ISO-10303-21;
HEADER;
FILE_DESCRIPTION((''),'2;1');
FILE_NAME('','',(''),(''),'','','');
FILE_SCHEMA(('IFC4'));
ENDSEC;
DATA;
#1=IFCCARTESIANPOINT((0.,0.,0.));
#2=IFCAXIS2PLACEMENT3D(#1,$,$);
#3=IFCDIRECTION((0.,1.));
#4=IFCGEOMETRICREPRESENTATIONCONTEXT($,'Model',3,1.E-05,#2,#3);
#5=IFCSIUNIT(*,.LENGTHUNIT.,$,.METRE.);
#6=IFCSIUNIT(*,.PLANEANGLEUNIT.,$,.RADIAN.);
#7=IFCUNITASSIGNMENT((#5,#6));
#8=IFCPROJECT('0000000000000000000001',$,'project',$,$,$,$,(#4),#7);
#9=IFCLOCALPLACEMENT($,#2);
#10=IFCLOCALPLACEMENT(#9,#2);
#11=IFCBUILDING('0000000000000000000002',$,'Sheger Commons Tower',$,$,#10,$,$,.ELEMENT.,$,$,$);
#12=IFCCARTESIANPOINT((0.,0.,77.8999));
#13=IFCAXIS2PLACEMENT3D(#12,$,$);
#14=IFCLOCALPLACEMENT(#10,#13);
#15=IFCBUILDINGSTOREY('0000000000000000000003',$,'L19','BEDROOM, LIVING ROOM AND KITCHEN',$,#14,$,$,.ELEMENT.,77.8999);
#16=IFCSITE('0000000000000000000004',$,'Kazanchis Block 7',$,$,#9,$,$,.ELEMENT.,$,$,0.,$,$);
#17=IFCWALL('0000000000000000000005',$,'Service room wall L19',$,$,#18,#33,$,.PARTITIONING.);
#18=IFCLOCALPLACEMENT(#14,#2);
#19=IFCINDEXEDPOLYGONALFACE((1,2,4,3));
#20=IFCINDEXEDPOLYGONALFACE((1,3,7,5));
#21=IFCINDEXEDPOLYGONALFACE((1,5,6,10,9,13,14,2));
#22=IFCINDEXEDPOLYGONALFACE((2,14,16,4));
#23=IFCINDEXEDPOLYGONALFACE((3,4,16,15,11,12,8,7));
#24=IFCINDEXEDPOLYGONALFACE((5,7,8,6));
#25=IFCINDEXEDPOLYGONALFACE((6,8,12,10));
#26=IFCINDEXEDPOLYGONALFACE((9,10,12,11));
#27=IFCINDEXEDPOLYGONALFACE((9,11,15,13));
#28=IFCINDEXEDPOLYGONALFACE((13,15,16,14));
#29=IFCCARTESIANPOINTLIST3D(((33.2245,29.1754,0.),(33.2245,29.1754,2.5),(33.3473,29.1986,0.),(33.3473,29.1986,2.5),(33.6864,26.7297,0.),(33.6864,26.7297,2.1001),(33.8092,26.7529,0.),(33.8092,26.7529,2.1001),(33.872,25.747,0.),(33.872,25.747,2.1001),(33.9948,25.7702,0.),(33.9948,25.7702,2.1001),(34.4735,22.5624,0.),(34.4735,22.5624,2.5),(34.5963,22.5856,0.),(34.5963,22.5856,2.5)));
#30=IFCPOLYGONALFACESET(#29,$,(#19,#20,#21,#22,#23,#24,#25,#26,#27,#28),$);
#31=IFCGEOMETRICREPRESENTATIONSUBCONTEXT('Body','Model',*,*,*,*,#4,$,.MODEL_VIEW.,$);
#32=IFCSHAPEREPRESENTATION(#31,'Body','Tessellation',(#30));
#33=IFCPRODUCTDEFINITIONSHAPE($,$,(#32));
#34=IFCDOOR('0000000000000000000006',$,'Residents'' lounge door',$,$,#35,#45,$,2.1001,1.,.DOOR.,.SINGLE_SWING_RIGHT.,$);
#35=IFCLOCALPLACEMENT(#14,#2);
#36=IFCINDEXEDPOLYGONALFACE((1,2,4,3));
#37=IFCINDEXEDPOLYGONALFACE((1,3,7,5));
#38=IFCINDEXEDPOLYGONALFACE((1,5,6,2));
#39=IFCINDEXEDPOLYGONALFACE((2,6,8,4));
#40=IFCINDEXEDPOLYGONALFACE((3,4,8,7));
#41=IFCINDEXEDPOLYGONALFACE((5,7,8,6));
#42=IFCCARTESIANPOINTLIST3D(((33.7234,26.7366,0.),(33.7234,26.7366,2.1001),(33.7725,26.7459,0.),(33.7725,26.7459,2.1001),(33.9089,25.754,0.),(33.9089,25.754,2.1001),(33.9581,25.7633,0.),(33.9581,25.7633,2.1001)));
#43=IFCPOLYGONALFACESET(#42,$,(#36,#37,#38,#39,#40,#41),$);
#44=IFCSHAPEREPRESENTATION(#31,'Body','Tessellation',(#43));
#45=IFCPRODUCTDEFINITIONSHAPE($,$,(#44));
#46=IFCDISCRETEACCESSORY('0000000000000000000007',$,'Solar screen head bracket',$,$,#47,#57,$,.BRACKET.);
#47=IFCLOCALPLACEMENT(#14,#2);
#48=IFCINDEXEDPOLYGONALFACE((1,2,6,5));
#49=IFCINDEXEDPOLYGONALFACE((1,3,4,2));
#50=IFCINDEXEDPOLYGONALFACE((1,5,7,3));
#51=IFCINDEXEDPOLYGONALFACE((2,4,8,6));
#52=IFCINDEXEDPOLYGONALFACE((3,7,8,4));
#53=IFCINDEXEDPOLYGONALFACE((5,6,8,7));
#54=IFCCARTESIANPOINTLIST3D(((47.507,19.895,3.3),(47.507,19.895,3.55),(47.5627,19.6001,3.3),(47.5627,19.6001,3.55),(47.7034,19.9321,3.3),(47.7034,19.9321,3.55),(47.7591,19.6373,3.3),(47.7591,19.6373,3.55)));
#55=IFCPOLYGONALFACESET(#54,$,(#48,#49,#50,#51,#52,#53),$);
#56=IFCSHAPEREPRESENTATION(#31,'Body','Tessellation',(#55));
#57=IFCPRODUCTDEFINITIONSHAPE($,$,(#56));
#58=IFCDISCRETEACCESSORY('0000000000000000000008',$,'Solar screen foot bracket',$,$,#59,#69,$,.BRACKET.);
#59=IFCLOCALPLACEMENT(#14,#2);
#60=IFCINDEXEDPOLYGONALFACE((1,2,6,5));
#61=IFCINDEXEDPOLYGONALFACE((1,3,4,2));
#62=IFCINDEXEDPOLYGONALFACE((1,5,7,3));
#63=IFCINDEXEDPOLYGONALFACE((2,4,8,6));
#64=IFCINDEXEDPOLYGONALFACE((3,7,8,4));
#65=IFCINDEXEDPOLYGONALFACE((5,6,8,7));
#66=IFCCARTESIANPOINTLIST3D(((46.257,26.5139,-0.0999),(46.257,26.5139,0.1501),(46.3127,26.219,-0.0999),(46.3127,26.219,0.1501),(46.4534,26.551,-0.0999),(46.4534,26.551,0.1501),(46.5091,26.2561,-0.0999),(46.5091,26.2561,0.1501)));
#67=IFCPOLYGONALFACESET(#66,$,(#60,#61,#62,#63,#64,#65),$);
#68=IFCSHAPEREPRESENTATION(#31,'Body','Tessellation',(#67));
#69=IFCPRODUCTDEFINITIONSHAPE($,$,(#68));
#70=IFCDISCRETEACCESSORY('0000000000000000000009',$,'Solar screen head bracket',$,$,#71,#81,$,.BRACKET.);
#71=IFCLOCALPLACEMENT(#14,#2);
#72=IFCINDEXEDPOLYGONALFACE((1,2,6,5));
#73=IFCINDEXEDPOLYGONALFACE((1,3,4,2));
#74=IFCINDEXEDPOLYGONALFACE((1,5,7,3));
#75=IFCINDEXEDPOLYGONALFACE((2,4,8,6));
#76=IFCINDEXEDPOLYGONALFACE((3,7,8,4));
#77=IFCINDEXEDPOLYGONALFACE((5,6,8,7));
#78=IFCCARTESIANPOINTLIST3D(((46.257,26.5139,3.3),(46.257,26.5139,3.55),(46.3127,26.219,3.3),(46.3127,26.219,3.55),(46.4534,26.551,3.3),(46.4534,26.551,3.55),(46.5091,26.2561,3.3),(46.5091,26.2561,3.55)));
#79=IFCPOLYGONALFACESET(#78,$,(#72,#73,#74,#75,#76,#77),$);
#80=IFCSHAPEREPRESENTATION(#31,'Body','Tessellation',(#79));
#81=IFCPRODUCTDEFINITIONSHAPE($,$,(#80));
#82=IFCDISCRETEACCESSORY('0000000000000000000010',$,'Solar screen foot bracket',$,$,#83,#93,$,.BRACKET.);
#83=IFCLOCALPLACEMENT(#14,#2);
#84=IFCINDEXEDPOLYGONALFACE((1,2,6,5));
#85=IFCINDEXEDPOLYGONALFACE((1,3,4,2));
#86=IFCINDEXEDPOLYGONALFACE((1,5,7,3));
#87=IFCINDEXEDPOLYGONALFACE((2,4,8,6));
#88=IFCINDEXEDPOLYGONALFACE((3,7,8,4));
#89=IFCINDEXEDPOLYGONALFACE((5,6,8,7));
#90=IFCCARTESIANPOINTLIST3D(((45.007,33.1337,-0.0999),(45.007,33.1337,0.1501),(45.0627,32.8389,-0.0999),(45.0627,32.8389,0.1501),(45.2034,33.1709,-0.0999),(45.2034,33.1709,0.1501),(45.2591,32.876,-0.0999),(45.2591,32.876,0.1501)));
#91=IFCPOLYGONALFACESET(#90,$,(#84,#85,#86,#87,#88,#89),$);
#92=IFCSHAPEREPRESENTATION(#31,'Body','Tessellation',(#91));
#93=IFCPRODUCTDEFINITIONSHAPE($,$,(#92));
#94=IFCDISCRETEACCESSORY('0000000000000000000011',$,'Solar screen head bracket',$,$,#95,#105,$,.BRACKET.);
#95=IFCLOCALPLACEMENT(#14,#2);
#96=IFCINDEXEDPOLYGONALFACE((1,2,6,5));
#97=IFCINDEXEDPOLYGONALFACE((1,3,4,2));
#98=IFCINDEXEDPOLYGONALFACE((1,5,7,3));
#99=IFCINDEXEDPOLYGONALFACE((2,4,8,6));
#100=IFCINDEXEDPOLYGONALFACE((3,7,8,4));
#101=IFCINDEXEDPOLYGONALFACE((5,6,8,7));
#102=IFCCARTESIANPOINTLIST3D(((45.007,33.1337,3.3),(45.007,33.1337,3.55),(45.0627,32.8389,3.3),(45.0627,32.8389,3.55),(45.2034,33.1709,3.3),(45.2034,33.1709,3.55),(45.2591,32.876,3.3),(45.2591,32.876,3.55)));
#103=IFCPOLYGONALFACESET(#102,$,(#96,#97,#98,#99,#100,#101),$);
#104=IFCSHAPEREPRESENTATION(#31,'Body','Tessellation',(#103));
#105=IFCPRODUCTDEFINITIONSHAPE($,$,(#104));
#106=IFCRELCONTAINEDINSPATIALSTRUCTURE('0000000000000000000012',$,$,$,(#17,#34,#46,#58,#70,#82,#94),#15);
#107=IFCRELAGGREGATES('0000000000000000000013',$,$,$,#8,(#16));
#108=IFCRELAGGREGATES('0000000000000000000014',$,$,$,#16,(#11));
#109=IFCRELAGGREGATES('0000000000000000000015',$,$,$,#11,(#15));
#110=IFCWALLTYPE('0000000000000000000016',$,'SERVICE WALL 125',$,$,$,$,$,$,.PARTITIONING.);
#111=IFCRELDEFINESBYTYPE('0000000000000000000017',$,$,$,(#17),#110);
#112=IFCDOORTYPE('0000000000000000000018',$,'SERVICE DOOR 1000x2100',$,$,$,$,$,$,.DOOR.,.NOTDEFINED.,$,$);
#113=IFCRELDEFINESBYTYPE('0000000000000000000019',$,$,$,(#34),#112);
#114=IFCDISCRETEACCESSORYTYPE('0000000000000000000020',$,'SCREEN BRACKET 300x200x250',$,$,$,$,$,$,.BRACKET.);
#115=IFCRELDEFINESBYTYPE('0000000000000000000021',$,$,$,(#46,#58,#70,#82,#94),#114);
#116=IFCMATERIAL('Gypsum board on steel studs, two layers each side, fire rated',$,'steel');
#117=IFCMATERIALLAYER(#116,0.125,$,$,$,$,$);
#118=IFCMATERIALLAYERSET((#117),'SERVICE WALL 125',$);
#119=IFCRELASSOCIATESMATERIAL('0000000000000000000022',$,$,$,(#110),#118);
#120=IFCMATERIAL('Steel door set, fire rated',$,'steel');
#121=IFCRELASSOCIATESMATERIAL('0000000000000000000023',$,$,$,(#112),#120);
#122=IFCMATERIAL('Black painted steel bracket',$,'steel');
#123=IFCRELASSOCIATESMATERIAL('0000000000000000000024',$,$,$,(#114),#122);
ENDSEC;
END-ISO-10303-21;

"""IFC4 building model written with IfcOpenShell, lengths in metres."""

from ifc_helpers import new_model, si_unit, direction, frame, frame_2d, origin, origin_2d, place, context, subcontext, project, spatial, rectangle, extrude, material, layer, layer_set, type_object, element, fill, save


model = new_model("IFC4")

# Units and contexts
model_context = context("Model", 3, precision=1e-05, world=origin(), true_north=direction((0.0, 1.0)))
body_context = subcontext(model_context, "Body", "Model", "MODEL_VIEW")
ifc_project = project(units=[si_unit("LENGTHUNIT", "METRE"), si_unit("PLANEANGLEUNIT", "RADIAN")], contexts=[model_context])

# Site, building, storey
site_placement = place(None, origin())
site = spatial("IfcSite", under=ifc_project, at=site_placement, Name="Kazanchis Block 7", CompositionType="ELEMENT", RefElevation=0.0)
building_placement = place(site_placement, origin())
building = spatial("IfcBuilding", under=site, at=building_placement, Name="Sheger Commons Tower", CompositionType="ELEMENT")
storey_placement = place(building_placement, frame((0.0, 0.0, 77.8999)))
storey = spatial("IfcBuildingStorey", under=building, at=storey_placement, Name="L19", Description="BEDROOM, LIVING ROOM AND KITCHEN", CompositionType="ELEMENT", Elevation=77.8999)

# Wall, opening, door
ifc_material_1 = material(Name="Gypsum board on steel studs, two layers each side, fire rated", Category="steel")
ifc_layer_1 = layer(ifc_material_1, 0.125)
ifc_layer_set_1 = layer_set([ifc_layer_1], Name="SERVICE WALL 125")
wall_type_1 = type_object("IfcWallType", Name="SERVICE WALL 125", PredefinedType="PARTITIONING", material=ifc_layer_set_1)
wall_1_placement = place(storey_placement, frame((34.5349, 22.574, 0.0), z_axis=(0.0, 0.0, 1.0), x_axis=(-0.185592, 0.982627, 0.0)))
wall_1 = element("IfcWall", 1, at=wall_1_placement, inside=storey, type_object=wall_type_1, Name="Service room wall L19", PredefinedType="PARTITIONING", context=body_context, shape_type="SweptSolid", body=[
    extrude(rectangle(XDim=6.73, YDim=0.125, at=frame_2d((3.365, 0.0))), origin(), (0.0, 0.0, 1.0), 2.5),
])
opening_1_placement = place(wall_1_placement, frame((3.241, 0.0, 0.0)))
opening_1 = element("IfcOpeningElement", 2, at=opening_1_placement, cuts=wall_1, PredefinedType="OPENING", context=body_context, shape_type="SweptSolid", body=[
    extrude(rectangle(XDim=1.0, YDim=2.1001, at=frame_2d((0.5, 1.05))), frame((0.0, 0.0725, 0.0), z_axis=(0.0, -1.0, 0.0), x_axis=(1.0, 0.0, 0.0)), (0.0, 0.0, 1.0), 0.145),
])
ifc_material_2 = material(Name="Steel door set, fire rated", Category="steel")
door_type_1 = type_object("IfcDoorType", Name="SERVICE DOOR 1000x2100", OperationType="NOTDEFINED", PredefinedType="DOOR", material=ifc_material_2)
door_1_placement = place(opening_1_placement, origin())
door_1 = element("IfcDoor", 3, at=door_1_placement, inside=storey, type_object=door_type_1, Name="Residents' lounge door", OperationType="SINGLE_SWING_RIGHT", OverallHeight=2.1001, OverallWidth=1.0, PredefinedType="DOOR", context=body_context, shape_type="SweptSolid", body=[
    extrude(rectangle(XDim=1.0, YDim=2.1001, at=frame_2d((0.5, 1.05))), frame((0.0, 0.0249, 0.0), z_axis=(0.0, -1.0, 0.0), x_axis=(1.0, 0.0, 0.0)), (0.0, 0.0, 1.0), 0.05),
])
fill(opening_1, door_1)

# Discrete accessories
ifc_material_3 = material(Name="Black painted steel bracket", Category="steel")
discrete_accessory_type = type_object("IfcDiscreteAccessoryType", Name="SCREEN BRACKET 300x200x250", PredefinedType="BRACKET", material=ifc_material_3)
for number, where, z_axis, x_axis, name in (
    (4, (47.6331, 19.7661, 3.3), (0.0, 0.0, 1.0), (-0.185615, 0.982623, 0.0), "Solar screen head bracket"),
    (5, (46.3831, 26.385, -0.0999), (0.0, 0.0, 1.0), (-0.185615, 0.982623, 0.0), "Solar screen foot bracket"),
    (6, (46.3831, 26.385, 3.3), (0.0, 0.0, 1.0), (-0.185615, 0.982623, 0.0), "Solar screen head bracket"),
    (7, (45.1331, 33.0049, -0.0999), (0.0, 0.0, 1.0), (-0.185615, 0.982623, 0.0), "Solar screen foot bracket"),
    (8, (45.1331, 33.0049, 3.3), (0.0, 0.0, 1.0), (-0.185615, 0.982623, 0.0), "Solar screen head bracket"),
):
    element("IfcDiscreteAccessory", number, at=place(storey_placement, frame(where, z_axis=z_axis, x_axis=x_axis)), inside=storey, type_object=discrete_accessory_type, Name=name, PredefinedType="BRACKET", context=body_context, shape_type="SweptSolid", body=[
        extrude(rectangle(XDim=0.3, YDim=0.2, at=origin_2d()), origin(), (0.0, 0.0, 1.0), 0.25),
    ])

save(model, "model.ifc")
